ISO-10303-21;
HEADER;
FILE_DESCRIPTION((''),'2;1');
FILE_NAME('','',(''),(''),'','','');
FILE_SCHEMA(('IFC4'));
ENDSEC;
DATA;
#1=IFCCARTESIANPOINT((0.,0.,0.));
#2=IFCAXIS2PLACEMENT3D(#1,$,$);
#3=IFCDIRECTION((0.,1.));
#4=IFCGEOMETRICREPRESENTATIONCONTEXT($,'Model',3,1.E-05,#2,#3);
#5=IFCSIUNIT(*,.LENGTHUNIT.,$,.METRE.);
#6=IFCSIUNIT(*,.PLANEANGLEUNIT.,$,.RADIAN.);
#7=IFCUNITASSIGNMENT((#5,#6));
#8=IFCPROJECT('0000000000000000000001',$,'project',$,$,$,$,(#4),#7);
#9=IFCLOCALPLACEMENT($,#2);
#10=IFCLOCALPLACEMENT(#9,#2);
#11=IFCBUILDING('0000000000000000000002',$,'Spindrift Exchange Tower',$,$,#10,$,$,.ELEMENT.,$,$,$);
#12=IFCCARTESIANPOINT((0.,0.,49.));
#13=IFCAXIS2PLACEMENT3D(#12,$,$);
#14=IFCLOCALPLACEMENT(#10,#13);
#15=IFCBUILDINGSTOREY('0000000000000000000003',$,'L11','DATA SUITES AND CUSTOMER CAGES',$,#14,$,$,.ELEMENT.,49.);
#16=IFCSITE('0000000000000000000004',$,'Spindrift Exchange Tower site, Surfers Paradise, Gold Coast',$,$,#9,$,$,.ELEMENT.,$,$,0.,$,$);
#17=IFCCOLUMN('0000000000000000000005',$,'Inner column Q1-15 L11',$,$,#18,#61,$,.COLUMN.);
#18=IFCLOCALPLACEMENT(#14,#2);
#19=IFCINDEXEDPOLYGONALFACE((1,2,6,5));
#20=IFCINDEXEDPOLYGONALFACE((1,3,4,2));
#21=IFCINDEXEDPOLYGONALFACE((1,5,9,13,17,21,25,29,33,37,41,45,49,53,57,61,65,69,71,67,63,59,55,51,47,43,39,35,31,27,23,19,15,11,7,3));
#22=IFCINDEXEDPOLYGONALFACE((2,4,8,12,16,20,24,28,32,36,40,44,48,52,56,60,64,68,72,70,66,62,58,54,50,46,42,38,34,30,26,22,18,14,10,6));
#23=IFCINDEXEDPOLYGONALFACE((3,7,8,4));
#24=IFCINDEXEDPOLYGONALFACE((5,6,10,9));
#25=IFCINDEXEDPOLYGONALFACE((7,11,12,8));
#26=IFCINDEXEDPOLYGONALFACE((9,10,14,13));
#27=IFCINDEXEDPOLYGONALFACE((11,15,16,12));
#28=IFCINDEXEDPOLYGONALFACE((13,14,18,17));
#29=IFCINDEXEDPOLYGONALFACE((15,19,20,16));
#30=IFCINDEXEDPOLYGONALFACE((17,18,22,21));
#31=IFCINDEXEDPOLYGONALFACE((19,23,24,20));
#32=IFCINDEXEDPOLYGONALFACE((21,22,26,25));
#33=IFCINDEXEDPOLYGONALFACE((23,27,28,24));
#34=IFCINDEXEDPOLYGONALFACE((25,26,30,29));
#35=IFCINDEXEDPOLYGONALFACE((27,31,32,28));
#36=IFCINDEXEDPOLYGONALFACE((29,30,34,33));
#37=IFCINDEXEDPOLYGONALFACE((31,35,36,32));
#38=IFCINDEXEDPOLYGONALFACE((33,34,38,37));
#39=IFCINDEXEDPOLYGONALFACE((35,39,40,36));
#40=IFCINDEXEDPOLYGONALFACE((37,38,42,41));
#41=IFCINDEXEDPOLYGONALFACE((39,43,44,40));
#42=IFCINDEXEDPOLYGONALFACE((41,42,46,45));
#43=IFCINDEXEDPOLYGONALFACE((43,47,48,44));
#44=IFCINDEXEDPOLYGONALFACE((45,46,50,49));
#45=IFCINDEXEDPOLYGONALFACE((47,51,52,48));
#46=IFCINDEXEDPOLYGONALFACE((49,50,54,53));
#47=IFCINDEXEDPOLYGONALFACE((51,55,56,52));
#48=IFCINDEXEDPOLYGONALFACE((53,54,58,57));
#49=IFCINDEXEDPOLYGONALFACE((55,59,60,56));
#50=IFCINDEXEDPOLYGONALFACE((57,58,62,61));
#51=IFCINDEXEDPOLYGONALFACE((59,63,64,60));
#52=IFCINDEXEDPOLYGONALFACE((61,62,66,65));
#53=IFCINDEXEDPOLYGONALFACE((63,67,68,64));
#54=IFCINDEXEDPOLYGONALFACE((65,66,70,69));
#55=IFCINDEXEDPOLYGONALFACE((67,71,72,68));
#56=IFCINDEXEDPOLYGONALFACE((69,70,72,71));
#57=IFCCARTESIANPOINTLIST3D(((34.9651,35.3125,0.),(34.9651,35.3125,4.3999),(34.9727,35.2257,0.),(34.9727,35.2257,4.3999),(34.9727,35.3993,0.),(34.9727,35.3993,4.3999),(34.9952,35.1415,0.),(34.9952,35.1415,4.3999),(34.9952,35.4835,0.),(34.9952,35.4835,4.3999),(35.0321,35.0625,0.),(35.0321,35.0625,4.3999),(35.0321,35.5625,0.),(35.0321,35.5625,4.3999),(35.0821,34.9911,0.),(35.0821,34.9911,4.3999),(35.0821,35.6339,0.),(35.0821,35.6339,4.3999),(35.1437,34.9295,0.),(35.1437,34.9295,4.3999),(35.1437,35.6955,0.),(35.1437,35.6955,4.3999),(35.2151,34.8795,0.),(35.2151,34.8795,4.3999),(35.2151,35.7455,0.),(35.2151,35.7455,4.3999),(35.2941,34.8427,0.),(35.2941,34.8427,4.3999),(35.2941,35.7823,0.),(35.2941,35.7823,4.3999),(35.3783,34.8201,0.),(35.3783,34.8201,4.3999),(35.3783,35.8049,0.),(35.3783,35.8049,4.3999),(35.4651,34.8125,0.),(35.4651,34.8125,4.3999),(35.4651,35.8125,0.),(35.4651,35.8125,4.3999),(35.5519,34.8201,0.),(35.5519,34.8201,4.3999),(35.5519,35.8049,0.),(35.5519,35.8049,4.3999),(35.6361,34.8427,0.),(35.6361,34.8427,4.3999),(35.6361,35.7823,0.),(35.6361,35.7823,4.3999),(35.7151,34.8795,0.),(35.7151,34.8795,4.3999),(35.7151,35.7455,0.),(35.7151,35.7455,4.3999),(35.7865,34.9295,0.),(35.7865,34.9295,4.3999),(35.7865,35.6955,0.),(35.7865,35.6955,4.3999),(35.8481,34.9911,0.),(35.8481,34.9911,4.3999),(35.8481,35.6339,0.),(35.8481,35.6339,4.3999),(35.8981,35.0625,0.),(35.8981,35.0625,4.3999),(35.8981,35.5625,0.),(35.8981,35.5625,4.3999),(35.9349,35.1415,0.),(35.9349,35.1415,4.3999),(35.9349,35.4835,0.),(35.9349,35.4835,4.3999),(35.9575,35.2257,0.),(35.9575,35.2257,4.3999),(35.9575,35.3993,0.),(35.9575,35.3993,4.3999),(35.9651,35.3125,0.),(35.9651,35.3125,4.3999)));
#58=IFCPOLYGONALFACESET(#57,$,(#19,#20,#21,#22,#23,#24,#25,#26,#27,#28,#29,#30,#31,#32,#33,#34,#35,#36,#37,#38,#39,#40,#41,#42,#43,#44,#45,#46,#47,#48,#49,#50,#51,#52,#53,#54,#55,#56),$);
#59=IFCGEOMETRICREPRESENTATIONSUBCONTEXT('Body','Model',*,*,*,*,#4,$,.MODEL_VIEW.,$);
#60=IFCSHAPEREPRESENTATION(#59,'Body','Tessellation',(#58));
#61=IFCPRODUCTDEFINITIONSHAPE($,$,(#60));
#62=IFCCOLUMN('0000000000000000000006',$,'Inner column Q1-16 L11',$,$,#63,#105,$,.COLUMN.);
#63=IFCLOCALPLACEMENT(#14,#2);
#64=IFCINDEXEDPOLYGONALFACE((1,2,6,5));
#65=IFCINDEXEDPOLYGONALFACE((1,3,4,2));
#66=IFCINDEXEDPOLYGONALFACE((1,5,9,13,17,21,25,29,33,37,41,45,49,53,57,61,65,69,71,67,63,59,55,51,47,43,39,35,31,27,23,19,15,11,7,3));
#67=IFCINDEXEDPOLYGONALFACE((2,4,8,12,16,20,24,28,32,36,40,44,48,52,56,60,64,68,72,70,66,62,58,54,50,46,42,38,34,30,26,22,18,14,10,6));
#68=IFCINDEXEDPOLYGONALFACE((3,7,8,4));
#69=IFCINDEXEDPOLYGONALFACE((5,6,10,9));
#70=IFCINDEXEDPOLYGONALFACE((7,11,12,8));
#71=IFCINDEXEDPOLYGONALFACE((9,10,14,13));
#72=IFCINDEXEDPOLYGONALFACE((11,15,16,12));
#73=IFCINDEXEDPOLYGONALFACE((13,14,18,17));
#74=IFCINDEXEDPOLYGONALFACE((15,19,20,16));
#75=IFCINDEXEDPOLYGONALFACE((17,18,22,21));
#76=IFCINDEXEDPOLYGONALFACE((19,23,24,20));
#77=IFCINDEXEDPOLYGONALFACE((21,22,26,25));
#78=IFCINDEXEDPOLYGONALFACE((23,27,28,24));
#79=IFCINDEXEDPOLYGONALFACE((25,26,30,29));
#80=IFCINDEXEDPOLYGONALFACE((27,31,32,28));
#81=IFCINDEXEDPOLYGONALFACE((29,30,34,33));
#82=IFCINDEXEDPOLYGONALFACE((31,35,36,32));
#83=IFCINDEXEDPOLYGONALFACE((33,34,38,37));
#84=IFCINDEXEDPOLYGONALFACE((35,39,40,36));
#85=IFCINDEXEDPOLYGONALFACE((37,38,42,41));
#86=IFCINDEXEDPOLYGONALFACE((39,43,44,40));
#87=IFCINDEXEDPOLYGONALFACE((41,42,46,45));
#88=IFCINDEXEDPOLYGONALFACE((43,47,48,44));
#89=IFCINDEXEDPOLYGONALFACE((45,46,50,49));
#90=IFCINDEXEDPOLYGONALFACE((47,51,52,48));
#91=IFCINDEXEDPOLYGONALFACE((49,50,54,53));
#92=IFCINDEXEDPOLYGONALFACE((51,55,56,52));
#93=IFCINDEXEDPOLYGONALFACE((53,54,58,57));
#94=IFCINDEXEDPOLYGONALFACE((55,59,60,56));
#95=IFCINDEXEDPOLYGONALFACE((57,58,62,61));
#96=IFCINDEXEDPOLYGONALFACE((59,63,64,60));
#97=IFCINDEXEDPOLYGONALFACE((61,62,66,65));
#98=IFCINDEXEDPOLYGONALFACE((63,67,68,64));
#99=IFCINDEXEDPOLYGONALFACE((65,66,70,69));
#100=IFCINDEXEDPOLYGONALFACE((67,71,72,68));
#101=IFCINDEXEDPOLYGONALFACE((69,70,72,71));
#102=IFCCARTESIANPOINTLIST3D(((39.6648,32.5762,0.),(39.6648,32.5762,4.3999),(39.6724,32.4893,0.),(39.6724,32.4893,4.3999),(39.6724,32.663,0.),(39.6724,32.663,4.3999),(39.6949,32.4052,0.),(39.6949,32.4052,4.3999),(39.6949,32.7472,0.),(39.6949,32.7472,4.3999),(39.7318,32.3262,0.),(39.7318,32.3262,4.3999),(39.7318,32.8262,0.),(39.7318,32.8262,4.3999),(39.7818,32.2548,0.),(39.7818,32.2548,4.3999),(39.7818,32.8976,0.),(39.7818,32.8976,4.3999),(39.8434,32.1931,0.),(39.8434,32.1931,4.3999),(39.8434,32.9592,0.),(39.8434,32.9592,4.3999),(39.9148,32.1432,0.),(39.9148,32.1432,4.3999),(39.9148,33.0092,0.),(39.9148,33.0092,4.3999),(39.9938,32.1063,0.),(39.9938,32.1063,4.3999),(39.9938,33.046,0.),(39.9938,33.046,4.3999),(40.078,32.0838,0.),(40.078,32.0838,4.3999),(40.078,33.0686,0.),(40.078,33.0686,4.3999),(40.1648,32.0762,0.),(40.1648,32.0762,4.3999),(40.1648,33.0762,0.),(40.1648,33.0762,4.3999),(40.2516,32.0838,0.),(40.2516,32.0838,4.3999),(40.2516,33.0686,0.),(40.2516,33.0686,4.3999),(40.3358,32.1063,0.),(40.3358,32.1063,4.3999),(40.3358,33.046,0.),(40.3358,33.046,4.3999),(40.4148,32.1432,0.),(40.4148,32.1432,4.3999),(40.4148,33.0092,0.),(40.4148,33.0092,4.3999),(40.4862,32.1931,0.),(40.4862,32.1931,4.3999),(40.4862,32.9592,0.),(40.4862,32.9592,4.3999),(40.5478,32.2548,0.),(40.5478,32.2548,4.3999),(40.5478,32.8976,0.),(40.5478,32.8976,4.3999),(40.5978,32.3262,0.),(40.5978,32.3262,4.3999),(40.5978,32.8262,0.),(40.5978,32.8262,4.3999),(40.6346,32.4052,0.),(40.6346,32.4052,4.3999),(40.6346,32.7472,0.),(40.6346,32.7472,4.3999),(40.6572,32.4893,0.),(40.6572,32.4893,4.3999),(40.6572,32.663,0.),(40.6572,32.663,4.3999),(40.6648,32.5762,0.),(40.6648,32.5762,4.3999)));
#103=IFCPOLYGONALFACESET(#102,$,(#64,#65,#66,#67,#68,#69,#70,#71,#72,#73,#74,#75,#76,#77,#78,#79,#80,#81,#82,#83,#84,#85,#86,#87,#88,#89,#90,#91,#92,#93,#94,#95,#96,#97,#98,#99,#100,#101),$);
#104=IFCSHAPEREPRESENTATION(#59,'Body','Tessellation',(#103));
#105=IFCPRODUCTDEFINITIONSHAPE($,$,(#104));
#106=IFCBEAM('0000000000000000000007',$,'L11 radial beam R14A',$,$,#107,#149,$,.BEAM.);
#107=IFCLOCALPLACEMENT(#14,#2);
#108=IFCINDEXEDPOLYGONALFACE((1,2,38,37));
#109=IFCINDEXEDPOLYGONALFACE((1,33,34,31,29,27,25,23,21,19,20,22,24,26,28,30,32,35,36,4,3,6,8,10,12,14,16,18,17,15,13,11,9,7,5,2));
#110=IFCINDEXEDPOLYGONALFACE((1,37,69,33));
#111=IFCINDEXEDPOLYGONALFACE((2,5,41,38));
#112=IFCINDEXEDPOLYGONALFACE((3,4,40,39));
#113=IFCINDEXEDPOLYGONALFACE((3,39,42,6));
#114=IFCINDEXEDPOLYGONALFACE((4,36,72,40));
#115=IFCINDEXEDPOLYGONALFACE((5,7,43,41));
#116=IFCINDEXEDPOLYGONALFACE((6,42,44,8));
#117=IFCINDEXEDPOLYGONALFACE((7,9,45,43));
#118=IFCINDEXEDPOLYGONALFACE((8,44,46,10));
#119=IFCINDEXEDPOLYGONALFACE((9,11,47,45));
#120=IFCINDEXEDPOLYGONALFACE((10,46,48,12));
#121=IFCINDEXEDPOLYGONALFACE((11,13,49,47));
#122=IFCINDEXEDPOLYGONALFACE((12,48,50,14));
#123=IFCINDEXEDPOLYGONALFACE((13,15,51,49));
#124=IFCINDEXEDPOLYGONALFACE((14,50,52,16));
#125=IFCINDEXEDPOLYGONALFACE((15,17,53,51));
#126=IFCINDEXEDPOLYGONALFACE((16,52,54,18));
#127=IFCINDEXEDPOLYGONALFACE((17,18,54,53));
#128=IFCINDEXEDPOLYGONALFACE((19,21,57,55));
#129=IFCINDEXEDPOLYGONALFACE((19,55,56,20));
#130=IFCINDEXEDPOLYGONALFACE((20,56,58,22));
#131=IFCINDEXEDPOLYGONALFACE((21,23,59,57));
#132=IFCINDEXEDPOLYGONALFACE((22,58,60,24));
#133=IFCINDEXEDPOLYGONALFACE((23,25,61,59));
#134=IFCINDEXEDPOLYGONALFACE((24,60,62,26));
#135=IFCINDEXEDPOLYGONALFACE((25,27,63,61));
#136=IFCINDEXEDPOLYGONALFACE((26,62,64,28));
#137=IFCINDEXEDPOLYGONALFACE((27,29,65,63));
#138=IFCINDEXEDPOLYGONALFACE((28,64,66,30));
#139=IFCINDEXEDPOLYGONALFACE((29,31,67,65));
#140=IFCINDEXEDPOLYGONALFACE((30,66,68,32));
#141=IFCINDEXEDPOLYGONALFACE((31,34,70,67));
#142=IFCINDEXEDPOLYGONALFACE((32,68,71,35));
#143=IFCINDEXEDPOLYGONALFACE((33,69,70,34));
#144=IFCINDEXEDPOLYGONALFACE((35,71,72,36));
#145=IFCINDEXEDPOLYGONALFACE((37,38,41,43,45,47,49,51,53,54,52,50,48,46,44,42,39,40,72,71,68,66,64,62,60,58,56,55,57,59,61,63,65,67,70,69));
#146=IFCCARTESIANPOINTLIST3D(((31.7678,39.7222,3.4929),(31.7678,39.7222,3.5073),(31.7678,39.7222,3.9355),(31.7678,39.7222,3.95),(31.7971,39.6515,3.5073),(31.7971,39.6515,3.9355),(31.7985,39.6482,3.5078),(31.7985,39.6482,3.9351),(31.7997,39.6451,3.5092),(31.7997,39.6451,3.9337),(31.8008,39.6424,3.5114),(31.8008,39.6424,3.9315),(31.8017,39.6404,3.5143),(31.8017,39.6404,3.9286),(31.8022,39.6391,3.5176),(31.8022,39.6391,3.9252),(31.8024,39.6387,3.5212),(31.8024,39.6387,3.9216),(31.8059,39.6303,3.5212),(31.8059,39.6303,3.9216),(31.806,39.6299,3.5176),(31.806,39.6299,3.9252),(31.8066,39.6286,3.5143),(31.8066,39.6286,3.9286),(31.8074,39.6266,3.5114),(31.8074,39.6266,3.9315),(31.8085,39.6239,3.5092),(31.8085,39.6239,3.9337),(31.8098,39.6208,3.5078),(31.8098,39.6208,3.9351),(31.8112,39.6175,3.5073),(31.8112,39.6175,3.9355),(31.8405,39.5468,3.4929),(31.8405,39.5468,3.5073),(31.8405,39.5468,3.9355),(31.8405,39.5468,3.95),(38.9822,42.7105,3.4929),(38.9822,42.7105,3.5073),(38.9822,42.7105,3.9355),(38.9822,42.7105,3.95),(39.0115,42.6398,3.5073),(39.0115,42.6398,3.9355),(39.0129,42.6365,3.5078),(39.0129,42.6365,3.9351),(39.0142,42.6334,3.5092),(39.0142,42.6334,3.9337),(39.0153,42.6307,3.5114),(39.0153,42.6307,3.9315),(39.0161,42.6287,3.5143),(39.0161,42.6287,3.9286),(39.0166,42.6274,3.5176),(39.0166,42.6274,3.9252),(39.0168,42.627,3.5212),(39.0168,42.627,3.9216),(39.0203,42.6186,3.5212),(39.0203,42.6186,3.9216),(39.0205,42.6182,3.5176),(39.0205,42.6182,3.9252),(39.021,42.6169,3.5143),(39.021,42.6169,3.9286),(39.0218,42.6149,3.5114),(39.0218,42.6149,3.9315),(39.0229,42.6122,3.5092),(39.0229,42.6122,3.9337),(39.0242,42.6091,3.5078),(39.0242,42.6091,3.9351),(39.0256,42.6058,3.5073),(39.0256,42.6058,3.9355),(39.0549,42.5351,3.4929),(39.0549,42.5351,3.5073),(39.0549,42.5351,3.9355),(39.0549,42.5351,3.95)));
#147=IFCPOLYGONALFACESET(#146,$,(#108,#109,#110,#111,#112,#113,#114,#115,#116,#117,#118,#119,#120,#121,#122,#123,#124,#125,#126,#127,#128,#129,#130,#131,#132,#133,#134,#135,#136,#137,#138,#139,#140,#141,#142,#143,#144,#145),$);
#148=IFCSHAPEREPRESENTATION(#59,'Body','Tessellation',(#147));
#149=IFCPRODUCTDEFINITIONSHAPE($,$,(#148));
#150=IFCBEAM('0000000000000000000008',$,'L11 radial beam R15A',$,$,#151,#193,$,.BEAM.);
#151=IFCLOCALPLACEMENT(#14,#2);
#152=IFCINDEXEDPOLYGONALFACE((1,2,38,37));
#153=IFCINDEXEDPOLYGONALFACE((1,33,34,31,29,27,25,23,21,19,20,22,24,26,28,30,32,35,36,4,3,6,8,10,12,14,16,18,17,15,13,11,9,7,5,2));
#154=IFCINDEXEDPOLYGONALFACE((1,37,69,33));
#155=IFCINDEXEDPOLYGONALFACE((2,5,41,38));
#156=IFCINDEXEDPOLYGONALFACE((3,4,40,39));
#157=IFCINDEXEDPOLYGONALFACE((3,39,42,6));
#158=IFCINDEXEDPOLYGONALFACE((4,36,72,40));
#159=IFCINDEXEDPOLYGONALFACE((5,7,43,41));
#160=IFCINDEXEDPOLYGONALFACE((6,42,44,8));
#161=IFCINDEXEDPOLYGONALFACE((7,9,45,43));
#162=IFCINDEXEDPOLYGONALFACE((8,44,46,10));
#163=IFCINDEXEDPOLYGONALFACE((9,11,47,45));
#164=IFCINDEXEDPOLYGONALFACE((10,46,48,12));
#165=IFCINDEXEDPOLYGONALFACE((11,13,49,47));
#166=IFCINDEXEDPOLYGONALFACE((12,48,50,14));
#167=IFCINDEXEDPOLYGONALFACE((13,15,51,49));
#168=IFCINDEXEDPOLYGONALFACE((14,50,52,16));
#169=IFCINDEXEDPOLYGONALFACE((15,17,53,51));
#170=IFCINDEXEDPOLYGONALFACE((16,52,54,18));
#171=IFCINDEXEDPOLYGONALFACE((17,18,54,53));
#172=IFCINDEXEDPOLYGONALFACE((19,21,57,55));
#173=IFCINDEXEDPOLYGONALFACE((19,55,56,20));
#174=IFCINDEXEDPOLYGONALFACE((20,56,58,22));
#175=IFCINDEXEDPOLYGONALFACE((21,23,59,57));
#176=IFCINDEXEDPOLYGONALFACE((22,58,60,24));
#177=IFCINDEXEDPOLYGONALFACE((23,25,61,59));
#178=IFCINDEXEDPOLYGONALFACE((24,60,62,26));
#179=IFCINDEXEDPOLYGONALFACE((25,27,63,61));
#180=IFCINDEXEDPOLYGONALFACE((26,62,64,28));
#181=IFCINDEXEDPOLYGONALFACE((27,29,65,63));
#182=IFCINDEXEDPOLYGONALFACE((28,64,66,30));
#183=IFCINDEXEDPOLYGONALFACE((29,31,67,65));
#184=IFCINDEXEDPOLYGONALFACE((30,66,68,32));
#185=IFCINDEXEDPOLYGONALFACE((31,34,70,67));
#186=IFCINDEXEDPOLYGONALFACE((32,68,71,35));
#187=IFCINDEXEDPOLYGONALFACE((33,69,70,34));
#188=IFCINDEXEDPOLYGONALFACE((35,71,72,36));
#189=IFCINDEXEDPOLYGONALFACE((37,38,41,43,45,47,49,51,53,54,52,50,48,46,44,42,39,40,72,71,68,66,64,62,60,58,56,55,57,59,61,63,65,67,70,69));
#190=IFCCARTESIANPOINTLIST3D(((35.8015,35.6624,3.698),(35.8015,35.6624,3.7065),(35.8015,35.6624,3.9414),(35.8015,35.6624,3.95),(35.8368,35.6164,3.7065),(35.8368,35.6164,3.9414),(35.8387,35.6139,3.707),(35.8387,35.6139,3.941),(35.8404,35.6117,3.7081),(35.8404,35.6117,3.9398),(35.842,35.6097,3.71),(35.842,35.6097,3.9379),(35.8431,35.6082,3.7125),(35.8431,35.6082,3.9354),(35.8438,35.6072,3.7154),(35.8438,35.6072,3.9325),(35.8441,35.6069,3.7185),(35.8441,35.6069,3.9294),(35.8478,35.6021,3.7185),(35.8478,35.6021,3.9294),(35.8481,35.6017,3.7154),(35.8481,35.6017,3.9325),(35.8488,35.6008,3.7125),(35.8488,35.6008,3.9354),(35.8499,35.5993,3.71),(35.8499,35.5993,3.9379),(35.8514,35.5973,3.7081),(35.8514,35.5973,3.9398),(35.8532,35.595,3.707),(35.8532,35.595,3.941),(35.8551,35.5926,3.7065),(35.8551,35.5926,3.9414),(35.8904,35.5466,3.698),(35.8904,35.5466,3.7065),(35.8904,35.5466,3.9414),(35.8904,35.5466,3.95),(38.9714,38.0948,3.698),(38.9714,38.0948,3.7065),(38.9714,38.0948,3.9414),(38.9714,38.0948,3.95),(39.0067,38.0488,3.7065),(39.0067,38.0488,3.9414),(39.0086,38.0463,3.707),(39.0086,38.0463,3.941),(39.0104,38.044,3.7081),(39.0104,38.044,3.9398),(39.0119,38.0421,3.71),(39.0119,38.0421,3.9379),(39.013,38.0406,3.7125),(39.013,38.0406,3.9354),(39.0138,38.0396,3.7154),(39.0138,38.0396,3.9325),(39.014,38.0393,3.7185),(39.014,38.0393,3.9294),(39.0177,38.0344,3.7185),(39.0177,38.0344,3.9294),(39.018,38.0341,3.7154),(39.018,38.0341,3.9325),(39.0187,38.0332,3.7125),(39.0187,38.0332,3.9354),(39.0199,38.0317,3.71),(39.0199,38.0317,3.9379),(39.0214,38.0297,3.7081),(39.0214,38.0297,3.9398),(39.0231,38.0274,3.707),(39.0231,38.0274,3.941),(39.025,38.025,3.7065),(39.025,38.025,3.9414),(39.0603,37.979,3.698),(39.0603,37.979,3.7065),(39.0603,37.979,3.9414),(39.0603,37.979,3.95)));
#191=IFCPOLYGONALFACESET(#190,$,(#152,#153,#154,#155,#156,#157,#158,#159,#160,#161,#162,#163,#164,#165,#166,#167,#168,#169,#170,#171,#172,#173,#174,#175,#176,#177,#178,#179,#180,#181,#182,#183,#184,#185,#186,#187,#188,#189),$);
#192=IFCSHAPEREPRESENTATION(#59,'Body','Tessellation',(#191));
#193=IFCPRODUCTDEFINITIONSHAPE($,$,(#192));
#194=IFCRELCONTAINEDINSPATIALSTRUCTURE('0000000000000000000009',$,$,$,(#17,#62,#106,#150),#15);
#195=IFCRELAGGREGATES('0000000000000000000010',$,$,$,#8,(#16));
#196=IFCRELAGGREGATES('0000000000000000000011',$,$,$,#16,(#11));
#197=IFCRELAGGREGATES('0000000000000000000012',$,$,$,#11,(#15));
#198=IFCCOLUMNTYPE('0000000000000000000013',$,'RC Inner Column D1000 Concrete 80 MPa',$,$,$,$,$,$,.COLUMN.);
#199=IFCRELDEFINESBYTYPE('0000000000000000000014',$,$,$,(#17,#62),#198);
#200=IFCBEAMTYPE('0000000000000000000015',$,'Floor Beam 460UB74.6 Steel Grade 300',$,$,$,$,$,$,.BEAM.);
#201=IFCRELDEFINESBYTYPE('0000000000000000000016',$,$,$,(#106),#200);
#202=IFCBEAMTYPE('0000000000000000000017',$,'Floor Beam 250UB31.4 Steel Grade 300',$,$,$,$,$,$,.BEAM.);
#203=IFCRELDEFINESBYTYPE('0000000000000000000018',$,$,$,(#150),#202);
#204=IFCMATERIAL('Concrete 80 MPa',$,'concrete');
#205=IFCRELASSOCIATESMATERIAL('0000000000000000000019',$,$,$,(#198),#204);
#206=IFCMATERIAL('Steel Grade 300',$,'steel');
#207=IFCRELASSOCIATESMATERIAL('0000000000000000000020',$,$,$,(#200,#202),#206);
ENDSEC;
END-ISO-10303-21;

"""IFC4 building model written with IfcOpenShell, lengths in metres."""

from ifc_helpers import new_model, si_unit, direction, frame, origin, origin_2d, place, context, subcontext, project, spatial, circle, i_section, extrude, source, transform, mapped, material, material_profile, profile_set, type_object, element, save


model = new_model("IFC4")

# Units and contexts
model_context = context("Model", 3, precision=1e-05, world=origin(), true_north=direction((0.0, 1.0)))
body_context = subcontext(model_context, "Body", "Model", "MODEL_VIEW")
ifc_project = project(units=[si_unit("LENGTHUNIT", "METRE"), si_unit("PLANEANGLEUNIT", "RADIAN")], contexts=[model_context])

# Site, building, storey
site_placement = place(None, origin())
site = spatial("IfcSite", under=ifc_project, at=site_placement, Name="Spindrift Exchange Tower site, Surfers Paradise, Gold Coast", CompositionType="ELEMENT", RefElevation=0.0)
building_placement = place(site_placement, origin())
building = spatial("IfcBuilding", under=site, at=building_placement, Name="Spindrift Exchange Tower", CompositionType="ELEMENT")
storey_placement = place(building_placement, frame((0.0, 0.0, 49.0)))
storey = spatial("IfcBuildingStorey", under=building, at=storey_placement, Name="L11", Description="DATA SUITES AND CUSTOMER CAGES", CompositionType="ELEMENT", Elevation=49.0)

# Columns
ifc_material_1 = material(Name="Concrete 80 MPa", Category="concrete")
ifc_material_profile_1 = material_profile(ifc_material_1, circle(Radius=0.5, at=origin_2d()), Name="RC D1000")
ifc_profile_set_1 = profile_set([ifc_material_profile_1], Name="Concrete 80 MPa")
column_type = type_object("IfcColumnType", Name="RC Inner Column D1000 Concrete 80 MPa", PredefinedType="COLUMN", material=ifc_profile_set_1)
shared_shape_1 = source(origin(), body_context, "Body", "SweptSolid", [
    extrude(circle(Radius=0.5, at=origin_2d()), origin(), (0.0, 0.0, 1.0), 4.3999),
])
for number, where, z_axis, x_axis, name in (
    (1, (35.4651, 35.3125, 0.0), (0.0, 0.0, 1.0), (1.0, 0.0, 0.0), "Inner column Q1-15 L11"),
    (2, (40.1648, 32.5762, 0.0), (0.0, 0.0, 1.0), (1.0, 0.0, 0.0), "Inner column Q1-16 L11"),
):
    element("IfcColumn", number, at=place(storey_placement, frame(where, z_axis=z_axis, x_axis=x_axis)), inside=storey, type_object=column_type, Name=name, PredefinedType="COLUMN", context=body_context, shape_type="MappedRepresentation", body=[
        mapped(shared_shape_1, transform((0.0, 0.0, 0.0), scale=1.0)),
    ])

# Beams
ifc_material_2 = material(Name="Steel Grade 300", Category="steel")
ifc_material_profile_2 = material_profile(ifc_material_2, i_section(OverallWidth=0.1899, OverallDepth=0.457, WebThickness=0.009, FlangeThickness=0.0144, FilletRadius=0.0139, at=origin_2d()), Name="460UB74.6")
ifc_profile_set_2 = profile_set([ifc_material_profile_2], Name="Steel Grade 300")
beam_type_1 = type_object("IfcBeamType", Name="Floor Beam 460UB74.6 Steel Grade 300", PredefinedType="BEAM", material=ifc_profile_set_2)
shared_shape_2 = source(origin(), body_context, "Body", "SweptSolid", [
    extrude(i_section(OverallWidth=0.1899, OverallDepth=0.457, WebThickness=0.009, FlangeThickness=0.0144, FilletRadius=0.0139, at=origin_2d()), origin(), (0.0, 0.0, 1.0), 7.8088),
])
beam_1_placement = place(storey_placement, frame((39.0186, 42.6228, 3.7214), z_axis=(-0.92388, -0.382683, 0.0), x_axis=(0.382683, -0.92388, 0.0)))
element("IfcBeam", 3, at=beam_1_placement, inside=storey, type_object=beam_type_1, Name="L11 radial beam R14A", PredefinedType="BEAM", context=body_context, shape_type="MappedRepresentation", body=[
    mapped(shared_shape_2, transform((0.0, 0.0, 0.0), scale=1.0)),
])
ifc_material_profile_3 = material_profile(ifc_material_2, i_section(OverallWidth=0.146, OverallDepth=0.252, WebThickness=0.0061, FlangeThickness=0.0085, FilletRadius=0.012, at=origin_2d()), Name="250UB31.4")
ifc_profile_set_3 = profile_set([ifc_material_profile_3], Name="Steel Grade 300")
beam_type_2 = type_object("IfcBeamType", Name="Floor Beam 250UB31.4 Steel Grade 300", PredefinedType="BEAM", material=ifc_profile_set_3)
shared_shape_3 = source(origin(), body_context, "Body", "SweptSolid", [
    extrude(i_section(OverallWidth=0.146, OverallDepth=0.252, WebThickness=0.0061, FlangeThickness=0.0085, FilletRadius=0.012, at=origin_2d()), origin(), (0.0, 0.0, 1.0), 3.9956),
])
beam_2_placement = place(storey_placement, frame((39.0159, 38.0369, 3.824), z_axis=(-0.793353, -0.608762, 0.0), x_axis=(0.608762, -0.793353, 0.0)))
element("IfcBeam", 4, at=beam_2_placement, inside=storey, type_object=beam_type_2, Name="L11 radial beam R15A", PredefinedType="BEAM", context=body_context, shape_type="MappedRepresentation", body=[
    mapped(shared_shape_3, transform((0.0, 0.0, 0.0), scale=1.0)),
])

save(model, "model.ifc")
